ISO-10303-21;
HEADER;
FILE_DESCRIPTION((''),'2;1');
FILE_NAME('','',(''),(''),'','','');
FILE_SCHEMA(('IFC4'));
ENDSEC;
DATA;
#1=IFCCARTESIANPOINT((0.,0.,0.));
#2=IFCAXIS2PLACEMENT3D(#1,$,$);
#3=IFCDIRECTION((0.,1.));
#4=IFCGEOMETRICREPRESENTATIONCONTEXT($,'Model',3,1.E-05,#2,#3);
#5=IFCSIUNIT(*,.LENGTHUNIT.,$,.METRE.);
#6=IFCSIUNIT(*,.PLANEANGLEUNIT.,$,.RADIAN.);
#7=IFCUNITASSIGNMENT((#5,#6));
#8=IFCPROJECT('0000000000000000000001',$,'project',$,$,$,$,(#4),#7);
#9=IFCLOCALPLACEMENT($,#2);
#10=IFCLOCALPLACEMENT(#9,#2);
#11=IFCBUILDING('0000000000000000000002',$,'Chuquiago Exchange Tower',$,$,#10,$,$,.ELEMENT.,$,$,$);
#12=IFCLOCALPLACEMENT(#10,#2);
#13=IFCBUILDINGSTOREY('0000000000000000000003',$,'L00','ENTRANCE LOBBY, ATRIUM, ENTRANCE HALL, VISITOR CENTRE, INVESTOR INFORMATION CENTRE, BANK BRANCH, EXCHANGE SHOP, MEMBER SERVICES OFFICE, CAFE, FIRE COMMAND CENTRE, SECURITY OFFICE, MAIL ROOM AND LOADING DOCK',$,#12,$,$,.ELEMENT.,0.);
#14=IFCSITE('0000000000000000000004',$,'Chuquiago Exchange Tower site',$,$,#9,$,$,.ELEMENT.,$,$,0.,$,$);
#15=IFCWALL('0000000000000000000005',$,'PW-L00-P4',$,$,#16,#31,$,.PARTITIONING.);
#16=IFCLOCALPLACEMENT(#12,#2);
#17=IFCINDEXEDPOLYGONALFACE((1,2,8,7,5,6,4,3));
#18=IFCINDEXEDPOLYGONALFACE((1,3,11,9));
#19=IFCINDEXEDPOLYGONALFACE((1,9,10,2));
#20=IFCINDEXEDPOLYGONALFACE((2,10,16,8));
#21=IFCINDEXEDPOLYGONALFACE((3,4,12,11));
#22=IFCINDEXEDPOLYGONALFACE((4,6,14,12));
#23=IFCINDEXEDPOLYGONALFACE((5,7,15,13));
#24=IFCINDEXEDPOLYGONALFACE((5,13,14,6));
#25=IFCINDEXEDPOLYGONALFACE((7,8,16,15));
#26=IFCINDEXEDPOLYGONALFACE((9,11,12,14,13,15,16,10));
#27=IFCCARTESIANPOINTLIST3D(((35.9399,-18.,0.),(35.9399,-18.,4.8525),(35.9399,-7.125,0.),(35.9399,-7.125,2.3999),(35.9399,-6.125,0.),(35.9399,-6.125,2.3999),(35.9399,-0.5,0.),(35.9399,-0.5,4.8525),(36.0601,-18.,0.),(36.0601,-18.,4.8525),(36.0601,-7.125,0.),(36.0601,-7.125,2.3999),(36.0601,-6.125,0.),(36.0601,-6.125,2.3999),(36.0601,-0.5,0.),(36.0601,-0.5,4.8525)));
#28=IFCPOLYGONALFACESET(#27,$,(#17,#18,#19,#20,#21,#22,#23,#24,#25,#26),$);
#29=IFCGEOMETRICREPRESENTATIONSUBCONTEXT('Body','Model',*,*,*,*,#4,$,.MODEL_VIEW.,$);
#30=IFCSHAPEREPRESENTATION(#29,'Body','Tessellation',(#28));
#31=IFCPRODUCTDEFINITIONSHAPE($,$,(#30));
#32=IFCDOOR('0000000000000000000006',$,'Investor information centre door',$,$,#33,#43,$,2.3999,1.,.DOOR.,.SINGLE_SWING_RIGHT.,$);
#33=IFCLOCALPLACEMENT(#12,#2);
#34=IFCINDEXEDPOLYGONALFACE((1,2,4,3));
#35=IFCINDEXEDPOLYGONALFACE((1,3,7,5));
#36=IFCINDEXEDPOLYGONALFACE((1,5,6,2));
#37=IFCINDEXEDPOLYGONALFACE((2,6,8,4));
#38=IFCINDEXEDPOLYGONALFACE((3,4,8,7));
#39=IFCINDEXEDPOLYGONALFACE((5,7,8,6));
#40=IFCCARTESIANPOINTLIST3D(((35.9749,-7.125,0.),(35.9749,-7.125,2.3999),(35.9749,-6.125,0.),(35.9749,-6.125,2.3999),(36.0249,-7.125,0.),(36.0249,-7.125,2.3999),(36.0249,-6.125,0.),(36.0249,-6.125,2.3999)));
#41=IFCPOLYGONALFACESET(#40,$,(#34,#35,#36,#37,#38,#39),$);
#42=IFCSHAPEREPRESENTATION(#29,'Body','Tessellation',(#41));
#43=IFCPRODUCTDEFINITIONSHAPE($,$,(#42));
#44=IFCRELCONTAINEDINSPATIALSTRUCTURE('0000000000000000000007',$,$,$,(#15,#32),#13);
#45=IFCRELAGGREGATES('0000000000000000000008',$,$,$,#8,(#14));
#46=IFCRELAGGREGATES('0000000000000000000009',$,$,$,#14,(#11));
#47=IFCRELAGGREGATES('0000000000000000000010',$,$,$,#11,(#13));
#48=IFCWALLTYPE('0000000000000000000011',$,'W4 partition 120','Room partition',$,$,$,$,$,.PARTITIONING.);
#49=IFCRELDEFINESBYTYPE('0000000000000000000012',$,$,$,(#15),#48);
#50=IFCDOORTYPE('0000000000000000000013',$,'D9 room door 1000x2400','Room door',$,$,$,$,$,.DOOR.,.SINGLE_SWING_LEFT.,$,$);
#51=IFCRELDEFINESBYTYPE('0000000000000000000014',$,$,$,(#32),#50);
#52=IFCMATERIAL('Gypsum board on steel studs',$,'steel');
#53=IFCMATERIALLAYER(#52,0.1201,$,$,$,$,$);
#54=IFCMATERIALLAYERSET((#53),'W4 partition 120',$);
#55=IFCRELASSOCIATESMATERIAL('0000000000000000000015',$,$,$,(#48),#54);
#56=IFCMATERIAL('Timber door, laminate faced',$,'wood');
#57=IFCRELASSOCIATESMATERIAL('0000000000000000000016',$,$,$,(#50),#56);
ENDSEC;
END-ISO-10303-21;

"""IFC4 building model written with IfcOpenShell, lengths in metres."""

from ifc_helpers import new_model, si_unit, direction, frame, frame_2d, origin, place, context, subcontext, project, spatial, rectangle, extrude, material, layer, layer_set, type_object, element, fill, save


model = new_model("IFC4")

# Units and contexts
model_context = context("Model", 3, precision=1e-05, world=origin(), true_north=direction((0.0, 1.0)))
body_context = subcontext(model_context, "Body", "Model", "MODEL_VIEW")
ifc_project = project(units=[si_unit("LENGTHUNIT", "METRE"), si_unit("PLANEANGLEUNIT", "RADIAN")], contexts=[model_context])

# Site, building, storey
site_placement = place(None, origin())
site = spatial("IfcSite", under=ifc_project, at=site_placement, Name="Chuquiago Exchange Tower site", CompositionType="ELEMENT", RefElevation=0.0)
building_placement = place(site_placement, origin())
building = spatial("IfcBuilding", under=site, at=building_placement, Name="Chuquiago Exchange Tower", CompositionType="ELEMENT")
storey_placement = place(building_placement, origin())
storey = spatial("IfcBuildingStorey", under=building, at=storey_placement, Name="L00", Description="ENTRANCE LOBBY, ATRIUM, ENTRANCE HALL, VISITOR CENTRE, INVESTOR INFORMATION CENTRE, BANK BRANCH, EXCHANGE SHOP, MEMBER SERVICES OFFICE, CAFE, FIRE COMMAND CENTRE, SECURITY OFFICE, MAIL ROOM AND LOADING DOCK", CompositionType="ELEMENT", Elevation=0.0)

# Wall, opening, door
ifc_material_1 = material(Name="Gypsum board on steel studs", Category="steel")
ifc_layer = layer(ifc_material_1, 0.1201)
ifc_layer_set = layer_set([ifc_layer], Name="W4 partition 120")
wall_type = type_object("IfcWallType", Name="W4 partition 120", Description="Room partition", PredefinedType="PARTITIONING", material=ifc_layer_set)
wall_placement = place(storey_placement, frame((36.0, -18.0, 0.0), z_axis=(0.0, 0.0, 1.0), x_axis=(0.0, 1.0, 0.0)))
wall = element("IfcWall", 1, at=wall_placement, inside=storey, type_object=wall_type, Name="PW-L00-P4", PredefinedType="PARTITIONING", context=body_context, shape_type="SweptSolid", body=[
    extrude(rectangle(XDim=17.5, YDim=0.1201, at=frame_2d((8.75, 0.0))), origin(), (0.0, 0.0, 1.0), 4.8525),
])
opening_placement = place(wall_placement, frame((10.875, 0.0, 0.0)))
opening = element("IfcOpeningElement", 2, at=opening_placement, cuts=wall, PredefinedType="OPENING", context=body_context, shape_type="SweptSolid", body=[
    extrude(rectangle(XDim=1.0, YDim=2.3999, at=frame_2d((0.5, 1.2))), frame((0.0, 0.0701, 0.0), z_axis=(0.0, -1.0, 0.0), x_axis=(1.0, 0.0, 0.0)), (0.0, 0.0, 1.0), 0.1401),
])
ifc_material_2 = material(Name="Timber door, laminate faced", Category="wood")
door_type = type_object("IfcDoorType", Name="D9 room door 1000x2400", Description="Room door", OperationType="SINGLE_SWING_LEFT", PredefinedType="DOOR", material=ifc_material_2)
door_placement = place(opening_placement, frame((1.0, 0.0, 0.0), z_axis=(0.0, 0.0, 1.0), x_axis=(-1.0, 0.0, 0.0)))
door = element("IfcDoor", 3, at=door_placement, inside=storey, type_object=door_type, Name="Investor information centre door", OperationType="SINGLE_SWING_RIGHT", OverallHeight=2.3999, OverallWidth=1.0, PredefinedType="DOOR", context=body_context, shape_type="SweptSolid", body=[
    extrude(rectangle(XDim=1.0, YDim=2.3999, at=frame_2d((0.5, 1.2))), frame((0.0, 0.0249, 0.0), z_axis=(0.0, -1.0, 0.0), x_axis=(1.0, 0.0, 0.0)), (0.0, 0.0, 1.0), 0.05),
])
fill(opening, door)

save(model, "model.ifc")
